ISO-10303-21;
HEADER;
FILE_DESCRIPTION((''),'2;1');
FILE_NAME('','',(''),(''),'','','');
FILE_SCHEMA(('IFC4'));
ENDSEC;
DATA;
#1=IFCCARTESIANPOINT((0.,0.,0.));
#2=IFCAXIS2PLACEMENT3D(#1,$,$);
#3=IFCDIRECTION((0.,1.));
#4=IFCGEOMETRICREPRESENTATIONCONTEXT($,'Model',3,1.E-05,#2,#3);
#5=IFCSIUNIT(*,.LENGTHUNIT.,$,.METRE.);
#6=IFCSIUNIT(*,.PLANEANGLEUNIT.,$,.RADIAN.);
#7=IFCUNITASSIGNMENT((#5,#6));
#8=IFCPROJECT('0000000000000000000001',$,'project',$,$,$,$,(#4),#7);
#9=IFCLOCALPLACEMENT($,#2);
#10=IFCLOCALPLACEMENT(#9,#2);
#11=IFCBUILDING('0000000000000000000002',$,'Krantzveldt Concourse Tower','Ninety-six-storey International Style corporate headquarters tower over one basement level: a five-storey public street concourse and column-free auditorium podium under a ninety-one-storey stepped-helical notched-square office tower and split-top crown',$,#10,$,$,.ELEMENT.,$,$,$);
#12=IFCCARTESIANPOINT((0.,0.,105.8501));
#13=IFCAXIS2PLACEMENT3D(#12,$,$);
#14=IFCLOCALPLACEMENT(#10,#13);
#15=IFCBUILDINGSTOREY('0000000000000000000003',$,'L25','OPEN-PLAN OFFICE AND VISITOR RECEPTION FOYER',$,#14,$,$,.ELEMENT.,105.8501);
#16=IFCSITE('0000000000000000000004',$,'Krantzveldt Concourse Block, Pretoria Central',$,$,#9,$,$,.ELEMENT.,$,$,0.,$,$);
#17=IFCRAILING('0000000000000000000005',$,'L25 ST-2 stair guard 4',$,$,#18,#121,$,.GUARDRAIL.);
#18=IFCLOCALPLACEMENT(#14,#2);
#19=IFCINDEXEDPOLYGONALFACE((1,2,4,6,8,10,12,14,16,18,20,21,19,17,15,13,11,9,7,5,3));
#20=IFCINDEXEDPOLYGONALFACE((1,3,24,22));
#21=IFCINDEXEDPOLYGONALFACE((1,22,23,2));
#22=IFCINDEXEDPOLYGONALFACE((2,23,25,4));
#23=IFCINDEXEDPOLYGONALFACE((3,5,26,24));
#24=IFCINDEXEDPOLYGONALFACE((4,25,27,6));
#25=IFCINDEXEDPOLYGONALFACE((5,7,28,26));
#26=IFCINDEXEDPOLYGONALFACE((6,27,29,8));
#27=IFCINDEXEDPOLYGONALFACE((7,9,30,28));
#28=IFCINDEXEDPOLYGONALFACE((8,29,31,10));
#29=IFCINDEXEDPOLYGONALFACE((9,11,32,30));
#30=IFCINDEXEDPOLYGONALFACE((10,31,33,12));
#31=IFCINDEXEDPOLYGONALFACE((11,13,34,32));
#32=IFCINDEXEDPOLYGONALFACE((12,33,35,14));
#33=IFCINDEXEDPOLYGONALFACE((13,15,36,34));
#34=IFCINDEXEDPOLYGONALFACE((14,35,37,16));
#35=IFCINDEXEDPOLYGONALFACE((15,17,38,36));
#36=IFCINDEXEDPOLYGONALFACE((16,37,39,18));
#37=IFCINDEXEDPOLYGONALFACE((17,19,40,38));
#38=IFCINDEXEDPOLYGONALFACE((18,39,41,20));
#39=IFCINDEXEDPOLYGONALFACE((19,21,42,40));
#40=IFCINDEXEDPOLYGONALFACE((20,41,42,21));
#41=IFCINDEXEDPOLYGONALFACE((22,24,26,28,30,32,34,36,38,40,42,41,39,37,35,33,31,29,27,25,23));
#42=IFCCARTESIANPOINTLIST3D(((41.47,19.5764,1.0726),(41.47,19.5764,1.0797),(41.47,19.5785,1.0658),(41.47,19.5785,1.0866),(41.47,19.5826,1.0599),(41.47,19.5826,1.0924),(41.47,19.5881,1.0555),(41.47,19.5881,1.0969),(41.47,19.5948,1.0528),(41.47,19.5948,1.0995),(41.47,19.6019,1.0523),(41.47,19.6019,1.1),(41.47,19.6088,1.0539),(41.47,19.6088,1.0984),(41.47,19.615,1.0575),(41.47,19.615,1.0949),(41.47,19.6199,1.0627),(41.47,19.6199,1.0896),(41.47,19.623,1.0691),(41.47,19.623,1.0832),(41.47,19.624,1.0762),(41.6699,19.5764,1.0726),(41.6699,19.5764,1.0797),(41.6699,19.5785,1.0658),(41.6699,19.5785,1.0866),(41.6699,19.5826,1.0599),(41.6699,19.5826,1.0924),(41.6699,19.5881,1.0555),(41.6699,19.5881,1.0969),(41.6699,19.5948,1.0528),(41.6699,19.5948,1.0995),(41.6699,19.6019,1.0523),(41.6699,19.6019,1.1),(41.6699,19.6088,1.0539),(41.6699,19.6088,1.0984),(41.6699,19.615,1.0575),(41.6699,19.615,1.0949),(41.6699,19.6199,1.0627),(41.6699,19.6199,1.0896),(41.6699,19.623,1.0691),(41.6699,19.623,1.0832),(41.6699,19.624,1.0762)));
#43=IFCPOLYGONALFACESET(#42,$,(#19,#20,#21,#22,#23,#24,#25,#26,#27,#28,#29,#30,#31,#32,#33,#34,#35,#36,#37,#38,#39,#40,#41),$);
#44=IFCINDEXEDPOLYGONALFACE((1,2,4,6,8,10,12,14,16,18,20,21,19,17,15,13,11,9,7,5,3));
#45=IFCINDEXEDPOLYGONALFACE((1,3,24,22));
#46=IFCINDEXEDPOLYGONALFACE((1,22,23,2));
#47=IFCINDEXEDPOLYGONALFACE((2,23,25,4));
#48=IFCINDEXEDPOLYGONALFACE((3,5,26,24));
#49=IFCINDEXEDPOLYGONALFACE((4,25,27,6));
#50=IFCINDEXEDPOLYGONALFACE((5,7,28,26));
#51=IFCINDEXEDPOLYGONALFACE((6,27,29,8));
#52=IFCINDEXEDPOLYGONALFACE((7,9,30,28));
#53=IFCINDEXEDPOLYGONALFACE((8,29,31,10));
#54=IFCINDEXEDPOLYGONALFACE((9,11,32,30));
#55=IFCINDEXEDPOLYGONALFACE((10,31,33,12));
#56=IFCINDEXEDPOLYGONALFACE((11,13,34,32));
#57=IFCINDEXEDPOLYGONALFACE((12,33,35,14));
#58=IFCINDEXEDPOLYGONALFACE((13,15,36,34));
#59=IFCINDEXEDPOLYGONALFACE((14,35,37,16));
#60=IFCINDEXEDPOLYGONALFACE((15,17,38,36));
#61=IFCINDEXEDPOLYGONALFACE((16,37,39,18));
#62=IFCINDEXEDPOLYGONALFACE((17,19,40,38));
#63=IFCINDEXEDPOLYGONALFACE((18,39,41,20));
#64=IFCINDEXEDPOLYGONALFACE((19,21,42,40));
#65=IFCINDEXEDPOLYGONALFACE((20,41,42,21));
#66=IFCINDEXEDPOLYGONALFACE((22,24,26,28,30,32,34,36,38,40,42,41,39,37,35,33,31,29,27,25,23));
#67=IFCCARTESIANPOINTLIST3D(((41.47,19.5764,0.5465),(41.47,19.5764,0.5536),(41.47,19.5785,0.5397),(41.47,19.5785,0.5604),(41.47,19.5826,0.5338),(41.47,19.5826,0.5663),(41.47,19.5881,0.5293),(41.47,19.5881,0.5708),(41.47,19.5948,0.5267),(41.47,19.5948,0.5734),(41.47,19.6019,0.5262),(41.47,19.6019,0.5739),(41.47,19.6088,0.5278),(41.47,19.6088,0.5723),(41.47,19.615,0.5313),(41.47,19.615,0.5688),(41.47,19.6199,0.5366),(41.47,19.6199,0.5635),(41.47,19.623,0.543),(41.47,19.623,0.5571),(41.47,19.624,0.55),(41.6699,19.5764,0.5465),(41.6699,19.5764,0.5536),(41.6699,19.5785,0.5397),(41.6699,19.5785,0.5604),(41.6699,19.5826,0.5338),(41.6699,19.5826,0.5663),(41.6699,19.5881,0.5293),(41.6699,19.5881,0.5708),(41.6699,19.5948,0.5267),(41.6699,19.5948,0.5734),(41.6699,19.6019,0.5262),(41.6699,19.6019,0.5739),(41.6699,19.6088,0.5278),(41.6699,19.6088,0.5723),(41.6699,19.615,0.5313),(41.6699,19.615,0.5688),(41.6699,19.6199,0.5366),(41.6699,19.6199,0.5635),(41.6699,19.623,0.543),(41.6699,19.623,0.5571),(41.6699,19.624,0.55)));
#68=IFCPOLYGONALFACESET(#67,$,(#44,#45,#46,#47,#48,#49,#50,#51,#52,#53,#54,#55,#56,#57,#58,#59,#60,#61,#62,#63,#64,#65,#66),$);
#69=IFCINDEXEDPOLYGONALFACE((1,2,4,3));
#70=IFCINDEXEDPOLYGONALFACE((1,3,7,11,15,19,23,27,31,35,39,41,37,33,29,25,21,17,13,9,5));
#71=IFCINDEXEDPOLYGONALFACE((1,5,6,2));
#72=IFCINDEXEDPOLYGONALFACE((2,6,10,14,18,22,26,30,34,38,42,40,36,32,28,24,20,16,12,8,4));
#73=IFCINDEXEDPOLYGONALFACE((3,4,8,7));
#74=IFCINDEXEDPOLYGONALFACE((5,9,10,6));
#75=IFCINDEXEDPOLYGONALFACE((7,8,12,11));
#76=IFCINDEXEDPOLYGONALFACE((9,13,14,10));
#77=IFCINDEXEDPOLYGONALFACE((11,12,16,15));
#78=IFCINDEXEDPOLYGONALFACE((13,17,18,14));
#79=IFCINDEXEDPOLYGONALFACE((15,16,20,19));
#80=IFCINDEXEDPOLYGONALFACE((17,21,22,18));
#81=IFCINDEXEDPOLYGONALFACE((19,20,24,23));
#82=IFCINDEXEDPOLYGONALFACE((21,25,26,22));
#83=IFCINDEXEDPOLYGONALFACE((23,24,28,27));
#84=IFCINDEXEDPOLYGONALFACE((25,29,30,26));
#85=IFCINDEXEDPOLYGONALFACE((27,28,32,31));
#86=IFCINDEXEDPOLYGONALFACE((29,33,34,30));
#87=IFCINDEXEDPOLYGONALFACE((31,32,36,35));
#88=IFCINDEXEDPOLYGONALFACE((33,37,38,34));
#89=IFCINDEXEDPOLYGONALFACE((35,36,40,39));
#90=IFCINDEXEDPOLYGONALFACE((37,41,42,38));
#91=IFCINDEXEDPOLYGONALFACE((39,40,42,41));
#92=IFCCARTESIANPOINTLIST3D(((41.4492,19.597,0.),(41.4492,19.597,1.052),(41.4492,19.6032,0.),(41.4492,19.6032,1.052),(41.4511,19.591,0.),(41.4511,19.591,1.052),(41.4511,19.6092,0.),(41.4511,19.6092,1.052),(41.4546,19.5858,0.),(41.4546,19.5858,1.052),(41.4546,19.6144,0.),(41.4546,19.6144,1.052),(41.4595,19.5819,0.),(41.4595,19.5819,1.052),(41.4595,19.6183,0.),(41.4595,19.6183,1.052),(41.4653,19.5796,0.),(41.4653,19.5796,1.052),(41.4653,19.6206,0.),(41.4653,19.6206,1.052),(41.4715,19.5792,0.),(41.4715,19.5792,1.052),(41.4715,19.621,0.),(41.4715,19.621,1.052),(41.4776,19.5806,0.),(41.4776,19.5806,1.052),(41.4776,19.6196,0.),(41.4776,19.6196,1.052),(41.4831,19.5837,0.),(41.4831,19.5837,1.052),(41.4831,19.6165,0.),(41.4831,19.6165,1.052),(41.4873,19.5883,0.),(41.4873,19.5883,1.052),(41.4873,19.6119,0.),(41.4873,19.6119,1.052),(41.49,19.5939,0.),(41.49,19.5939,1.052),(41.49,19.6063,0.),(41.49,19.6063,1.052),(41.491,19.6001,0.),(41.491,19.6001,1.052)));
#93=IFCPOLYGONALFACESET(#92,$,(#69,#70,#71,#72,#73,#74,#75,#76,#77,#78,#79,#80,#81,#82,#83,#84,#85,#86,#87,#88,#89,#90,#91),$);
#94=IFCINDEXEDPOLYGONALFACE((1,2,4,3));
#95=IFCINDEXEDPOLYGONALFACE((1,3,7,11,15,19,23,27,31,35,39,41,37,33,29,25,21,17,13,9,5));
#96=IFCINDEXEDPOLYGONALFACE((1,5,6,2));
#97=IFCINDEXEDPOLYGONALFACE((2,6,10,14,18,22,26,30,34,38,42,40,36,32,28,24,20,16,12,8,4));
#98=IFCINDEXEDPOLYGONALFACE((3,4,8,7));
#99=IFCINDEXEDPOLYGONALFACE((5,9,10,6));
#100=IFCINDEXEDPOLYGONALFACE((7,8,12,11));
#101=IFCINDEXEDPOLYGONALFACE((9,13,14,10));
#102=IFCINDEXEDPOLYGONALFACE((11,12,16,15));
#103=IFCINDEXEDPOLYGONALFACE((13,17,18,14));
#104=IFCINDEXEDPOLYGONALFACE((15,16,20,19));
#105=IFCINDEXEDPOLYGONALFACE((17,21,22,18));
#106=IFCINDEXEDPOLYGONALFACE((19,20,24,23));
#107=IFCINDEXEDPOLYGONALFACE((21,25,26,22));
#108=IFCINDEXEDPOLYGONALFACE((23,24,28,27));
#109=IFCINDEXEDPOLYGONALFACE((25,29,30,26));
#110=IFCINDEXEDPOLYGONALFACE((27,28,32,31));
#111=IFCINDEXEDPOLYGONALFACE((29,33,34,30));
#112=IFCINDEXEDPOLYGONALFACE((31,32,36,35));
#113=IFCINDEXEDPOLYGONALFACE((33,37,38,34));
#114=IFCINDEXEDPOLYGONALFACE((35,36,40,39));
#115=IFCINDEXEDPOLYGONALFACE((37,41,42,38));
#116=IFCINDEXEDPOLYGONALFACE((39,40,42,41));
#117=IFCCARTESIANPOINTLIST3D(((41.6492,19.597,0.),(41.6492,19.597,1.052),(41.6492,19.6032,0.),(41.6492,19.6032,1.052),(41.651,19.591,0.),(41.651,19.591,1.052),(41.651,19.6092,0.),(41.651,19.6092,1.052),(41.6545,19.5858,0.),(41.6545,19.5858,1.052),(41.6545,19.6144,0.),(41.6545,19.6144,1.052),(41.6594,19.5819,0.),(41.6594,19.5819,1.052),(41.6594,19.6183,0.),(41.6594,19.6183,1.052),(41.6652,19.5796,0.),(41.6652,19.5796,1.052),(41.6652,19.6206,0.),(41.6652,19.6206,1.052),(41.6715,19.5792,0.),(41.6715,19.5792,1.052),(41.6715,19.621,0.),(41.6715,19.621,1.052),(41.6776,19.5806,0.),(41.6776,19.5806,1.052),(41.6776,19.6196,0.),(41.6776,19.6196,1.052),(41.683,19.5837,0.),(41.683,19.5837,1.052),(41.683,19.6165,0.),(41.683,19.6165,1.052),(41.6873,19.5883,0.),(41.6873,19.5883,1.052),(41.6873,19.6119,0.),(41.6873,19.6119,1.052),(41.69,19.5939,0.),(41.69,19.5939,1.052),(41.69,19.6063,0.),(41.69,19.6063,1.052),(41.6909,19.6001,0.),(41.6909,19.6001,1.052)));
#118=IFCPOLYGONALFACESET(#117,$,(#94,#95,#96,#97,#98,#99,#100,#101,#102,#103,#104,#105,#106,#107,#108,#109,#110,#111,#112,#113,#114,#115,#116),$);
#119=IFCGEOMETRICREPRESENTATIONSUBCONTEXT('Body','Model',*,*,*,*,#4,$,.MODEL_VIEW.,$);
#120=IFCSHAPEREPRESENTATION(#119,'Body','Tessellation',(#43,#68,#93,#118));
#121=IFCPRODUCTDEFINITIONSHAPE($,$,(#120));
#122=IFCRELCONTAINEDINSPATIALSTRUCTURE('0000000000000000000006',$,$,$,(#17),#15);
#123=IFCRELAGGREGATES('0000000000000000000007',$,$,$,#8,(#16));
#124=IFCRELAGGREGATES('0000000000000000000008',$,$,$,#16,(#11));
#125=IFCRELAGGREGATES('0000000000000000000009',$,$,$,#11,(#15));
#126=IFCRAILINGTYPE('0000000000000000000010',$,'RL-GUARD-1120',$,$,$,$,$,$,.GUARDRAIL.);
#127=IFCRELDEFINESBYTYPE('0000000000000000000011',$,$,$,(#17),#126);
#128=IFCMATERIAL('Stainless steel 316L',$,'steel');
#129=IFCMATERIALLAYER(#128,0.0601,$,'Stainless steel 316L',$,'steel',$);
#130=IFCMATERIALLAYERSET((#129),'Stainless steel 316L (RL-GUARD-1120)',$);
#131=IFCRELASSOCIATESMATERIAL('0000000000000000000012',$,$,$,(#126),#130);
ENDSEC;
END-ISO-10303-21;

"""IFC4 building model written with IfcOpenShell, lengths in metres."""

from ifc_helpers import new_model, si_unit, direction, frame, origin, origin_2d, place, context, subcontext, project, spatial, circle, extrude, material, layer, layer_set, type_object, element, save


model = new_model("IFC4")

# Units and contexts
model_context = context("Model", 3, precision=1e-05, world=origin(), true_north=direction((0.0, 1.0)))
body_context = subcontext(model_context, "Body", "Model", "MODEL_VIEW")
ifc_project = project(units=[si_unit("LENGTHUNIT", "METRE"), si_unit("PLANEANGLEUNIT", "RADIAN")], contexts=[model_context])

# Site, building, storey
site_placement = place(None, origin())
site = spatial("IfcSite", under=ifc_project, at=site_placement, Name="Krantzveldt Concourse Block, Pretoria Central", CompositionType="ELEMENT", RefElevation=0.0)
building_placement = place(site_placement, origin())
building = spatial("IfcBuilding", under=site, at=building_placement, Name="Krantzveldt Concourse Tower", Description="Ninety-six-storey International Style corporate headquarters tower over one basement level: a five-storey public street concourse and column-free auditorium podium under a ninety-one-storey stepped-helical notched-square office tower and split-top crown", CompositionType="ELEMENT")
storey_placement = place(building_placement, frame((0.0, 0.0, 105.8501)))
storey = spatial("IfcBuildingStorey", under=building, at=storey_placement, Name="L25", Description="OPEN-PLAN OFFICE AND VISITOR RECEPTION FOYER", CompositionType="ELEMENT", Elevation=105.8501)

# Shared definitions
ifc_material_1 = material(Name="Stainless steel 316L", Category="steel")

# Railing
ifc_layer_1 = layer(ifc_material_1, 0.0601, Name="Stainless steel 316L", Category="steel")
ifc_layer_set_1 = layer_set([ifc_layer_1], Name="Stainless steel 316L (RL-GUARD-1120)")
railing_type_1 = type_object("IfcRailingType", Name="RL-GUARD-1120", PredefinedType="GUARDRAIL", material=ifc_layer_set_1)
railing_1_placement = place(storey_placement, frame((41.47, 19.6001, 0.0)))
element("IfcRailing", 1, at=railing_1_placement, inside=storey, type_object=railing_type_1, Name="L25 ST-2 stair guard 4", PredefinedType="GUARDRAIL", context=body_context, shape_type="SweptSolid", body=[
    extrude(circle(Radius=0.0239, at=origin_2d()), frame((0.0, 0.0, 1.0762), z_axis=(1.0, 0.0, 0.0), x_axis=(0.0, 1.0, 0.0)), (0.0, 0.0, 1.0), 0.2),
    extrude(circle(Radius=0.0239, at=origin_2d()), frame((0.0, 0.0, 0.55), z_axis=(1.0, 0.0, 0.0), x_axis=(0.0, 1.0, 0.0)), (0.0, 0.0, 1.0), 0.2),
    extrude(circle(Radius=0.021, at=origin_2d()), origin(), (0.0, 0.0, 1.0), 1.052),
    extrude(circle(Radius=0.021, at=origin_2d()), frame((0.2, 0.0, 0.0)), (0.0, 0.0, 1.0), 1.052),
])

save(model, "model.ifc")
